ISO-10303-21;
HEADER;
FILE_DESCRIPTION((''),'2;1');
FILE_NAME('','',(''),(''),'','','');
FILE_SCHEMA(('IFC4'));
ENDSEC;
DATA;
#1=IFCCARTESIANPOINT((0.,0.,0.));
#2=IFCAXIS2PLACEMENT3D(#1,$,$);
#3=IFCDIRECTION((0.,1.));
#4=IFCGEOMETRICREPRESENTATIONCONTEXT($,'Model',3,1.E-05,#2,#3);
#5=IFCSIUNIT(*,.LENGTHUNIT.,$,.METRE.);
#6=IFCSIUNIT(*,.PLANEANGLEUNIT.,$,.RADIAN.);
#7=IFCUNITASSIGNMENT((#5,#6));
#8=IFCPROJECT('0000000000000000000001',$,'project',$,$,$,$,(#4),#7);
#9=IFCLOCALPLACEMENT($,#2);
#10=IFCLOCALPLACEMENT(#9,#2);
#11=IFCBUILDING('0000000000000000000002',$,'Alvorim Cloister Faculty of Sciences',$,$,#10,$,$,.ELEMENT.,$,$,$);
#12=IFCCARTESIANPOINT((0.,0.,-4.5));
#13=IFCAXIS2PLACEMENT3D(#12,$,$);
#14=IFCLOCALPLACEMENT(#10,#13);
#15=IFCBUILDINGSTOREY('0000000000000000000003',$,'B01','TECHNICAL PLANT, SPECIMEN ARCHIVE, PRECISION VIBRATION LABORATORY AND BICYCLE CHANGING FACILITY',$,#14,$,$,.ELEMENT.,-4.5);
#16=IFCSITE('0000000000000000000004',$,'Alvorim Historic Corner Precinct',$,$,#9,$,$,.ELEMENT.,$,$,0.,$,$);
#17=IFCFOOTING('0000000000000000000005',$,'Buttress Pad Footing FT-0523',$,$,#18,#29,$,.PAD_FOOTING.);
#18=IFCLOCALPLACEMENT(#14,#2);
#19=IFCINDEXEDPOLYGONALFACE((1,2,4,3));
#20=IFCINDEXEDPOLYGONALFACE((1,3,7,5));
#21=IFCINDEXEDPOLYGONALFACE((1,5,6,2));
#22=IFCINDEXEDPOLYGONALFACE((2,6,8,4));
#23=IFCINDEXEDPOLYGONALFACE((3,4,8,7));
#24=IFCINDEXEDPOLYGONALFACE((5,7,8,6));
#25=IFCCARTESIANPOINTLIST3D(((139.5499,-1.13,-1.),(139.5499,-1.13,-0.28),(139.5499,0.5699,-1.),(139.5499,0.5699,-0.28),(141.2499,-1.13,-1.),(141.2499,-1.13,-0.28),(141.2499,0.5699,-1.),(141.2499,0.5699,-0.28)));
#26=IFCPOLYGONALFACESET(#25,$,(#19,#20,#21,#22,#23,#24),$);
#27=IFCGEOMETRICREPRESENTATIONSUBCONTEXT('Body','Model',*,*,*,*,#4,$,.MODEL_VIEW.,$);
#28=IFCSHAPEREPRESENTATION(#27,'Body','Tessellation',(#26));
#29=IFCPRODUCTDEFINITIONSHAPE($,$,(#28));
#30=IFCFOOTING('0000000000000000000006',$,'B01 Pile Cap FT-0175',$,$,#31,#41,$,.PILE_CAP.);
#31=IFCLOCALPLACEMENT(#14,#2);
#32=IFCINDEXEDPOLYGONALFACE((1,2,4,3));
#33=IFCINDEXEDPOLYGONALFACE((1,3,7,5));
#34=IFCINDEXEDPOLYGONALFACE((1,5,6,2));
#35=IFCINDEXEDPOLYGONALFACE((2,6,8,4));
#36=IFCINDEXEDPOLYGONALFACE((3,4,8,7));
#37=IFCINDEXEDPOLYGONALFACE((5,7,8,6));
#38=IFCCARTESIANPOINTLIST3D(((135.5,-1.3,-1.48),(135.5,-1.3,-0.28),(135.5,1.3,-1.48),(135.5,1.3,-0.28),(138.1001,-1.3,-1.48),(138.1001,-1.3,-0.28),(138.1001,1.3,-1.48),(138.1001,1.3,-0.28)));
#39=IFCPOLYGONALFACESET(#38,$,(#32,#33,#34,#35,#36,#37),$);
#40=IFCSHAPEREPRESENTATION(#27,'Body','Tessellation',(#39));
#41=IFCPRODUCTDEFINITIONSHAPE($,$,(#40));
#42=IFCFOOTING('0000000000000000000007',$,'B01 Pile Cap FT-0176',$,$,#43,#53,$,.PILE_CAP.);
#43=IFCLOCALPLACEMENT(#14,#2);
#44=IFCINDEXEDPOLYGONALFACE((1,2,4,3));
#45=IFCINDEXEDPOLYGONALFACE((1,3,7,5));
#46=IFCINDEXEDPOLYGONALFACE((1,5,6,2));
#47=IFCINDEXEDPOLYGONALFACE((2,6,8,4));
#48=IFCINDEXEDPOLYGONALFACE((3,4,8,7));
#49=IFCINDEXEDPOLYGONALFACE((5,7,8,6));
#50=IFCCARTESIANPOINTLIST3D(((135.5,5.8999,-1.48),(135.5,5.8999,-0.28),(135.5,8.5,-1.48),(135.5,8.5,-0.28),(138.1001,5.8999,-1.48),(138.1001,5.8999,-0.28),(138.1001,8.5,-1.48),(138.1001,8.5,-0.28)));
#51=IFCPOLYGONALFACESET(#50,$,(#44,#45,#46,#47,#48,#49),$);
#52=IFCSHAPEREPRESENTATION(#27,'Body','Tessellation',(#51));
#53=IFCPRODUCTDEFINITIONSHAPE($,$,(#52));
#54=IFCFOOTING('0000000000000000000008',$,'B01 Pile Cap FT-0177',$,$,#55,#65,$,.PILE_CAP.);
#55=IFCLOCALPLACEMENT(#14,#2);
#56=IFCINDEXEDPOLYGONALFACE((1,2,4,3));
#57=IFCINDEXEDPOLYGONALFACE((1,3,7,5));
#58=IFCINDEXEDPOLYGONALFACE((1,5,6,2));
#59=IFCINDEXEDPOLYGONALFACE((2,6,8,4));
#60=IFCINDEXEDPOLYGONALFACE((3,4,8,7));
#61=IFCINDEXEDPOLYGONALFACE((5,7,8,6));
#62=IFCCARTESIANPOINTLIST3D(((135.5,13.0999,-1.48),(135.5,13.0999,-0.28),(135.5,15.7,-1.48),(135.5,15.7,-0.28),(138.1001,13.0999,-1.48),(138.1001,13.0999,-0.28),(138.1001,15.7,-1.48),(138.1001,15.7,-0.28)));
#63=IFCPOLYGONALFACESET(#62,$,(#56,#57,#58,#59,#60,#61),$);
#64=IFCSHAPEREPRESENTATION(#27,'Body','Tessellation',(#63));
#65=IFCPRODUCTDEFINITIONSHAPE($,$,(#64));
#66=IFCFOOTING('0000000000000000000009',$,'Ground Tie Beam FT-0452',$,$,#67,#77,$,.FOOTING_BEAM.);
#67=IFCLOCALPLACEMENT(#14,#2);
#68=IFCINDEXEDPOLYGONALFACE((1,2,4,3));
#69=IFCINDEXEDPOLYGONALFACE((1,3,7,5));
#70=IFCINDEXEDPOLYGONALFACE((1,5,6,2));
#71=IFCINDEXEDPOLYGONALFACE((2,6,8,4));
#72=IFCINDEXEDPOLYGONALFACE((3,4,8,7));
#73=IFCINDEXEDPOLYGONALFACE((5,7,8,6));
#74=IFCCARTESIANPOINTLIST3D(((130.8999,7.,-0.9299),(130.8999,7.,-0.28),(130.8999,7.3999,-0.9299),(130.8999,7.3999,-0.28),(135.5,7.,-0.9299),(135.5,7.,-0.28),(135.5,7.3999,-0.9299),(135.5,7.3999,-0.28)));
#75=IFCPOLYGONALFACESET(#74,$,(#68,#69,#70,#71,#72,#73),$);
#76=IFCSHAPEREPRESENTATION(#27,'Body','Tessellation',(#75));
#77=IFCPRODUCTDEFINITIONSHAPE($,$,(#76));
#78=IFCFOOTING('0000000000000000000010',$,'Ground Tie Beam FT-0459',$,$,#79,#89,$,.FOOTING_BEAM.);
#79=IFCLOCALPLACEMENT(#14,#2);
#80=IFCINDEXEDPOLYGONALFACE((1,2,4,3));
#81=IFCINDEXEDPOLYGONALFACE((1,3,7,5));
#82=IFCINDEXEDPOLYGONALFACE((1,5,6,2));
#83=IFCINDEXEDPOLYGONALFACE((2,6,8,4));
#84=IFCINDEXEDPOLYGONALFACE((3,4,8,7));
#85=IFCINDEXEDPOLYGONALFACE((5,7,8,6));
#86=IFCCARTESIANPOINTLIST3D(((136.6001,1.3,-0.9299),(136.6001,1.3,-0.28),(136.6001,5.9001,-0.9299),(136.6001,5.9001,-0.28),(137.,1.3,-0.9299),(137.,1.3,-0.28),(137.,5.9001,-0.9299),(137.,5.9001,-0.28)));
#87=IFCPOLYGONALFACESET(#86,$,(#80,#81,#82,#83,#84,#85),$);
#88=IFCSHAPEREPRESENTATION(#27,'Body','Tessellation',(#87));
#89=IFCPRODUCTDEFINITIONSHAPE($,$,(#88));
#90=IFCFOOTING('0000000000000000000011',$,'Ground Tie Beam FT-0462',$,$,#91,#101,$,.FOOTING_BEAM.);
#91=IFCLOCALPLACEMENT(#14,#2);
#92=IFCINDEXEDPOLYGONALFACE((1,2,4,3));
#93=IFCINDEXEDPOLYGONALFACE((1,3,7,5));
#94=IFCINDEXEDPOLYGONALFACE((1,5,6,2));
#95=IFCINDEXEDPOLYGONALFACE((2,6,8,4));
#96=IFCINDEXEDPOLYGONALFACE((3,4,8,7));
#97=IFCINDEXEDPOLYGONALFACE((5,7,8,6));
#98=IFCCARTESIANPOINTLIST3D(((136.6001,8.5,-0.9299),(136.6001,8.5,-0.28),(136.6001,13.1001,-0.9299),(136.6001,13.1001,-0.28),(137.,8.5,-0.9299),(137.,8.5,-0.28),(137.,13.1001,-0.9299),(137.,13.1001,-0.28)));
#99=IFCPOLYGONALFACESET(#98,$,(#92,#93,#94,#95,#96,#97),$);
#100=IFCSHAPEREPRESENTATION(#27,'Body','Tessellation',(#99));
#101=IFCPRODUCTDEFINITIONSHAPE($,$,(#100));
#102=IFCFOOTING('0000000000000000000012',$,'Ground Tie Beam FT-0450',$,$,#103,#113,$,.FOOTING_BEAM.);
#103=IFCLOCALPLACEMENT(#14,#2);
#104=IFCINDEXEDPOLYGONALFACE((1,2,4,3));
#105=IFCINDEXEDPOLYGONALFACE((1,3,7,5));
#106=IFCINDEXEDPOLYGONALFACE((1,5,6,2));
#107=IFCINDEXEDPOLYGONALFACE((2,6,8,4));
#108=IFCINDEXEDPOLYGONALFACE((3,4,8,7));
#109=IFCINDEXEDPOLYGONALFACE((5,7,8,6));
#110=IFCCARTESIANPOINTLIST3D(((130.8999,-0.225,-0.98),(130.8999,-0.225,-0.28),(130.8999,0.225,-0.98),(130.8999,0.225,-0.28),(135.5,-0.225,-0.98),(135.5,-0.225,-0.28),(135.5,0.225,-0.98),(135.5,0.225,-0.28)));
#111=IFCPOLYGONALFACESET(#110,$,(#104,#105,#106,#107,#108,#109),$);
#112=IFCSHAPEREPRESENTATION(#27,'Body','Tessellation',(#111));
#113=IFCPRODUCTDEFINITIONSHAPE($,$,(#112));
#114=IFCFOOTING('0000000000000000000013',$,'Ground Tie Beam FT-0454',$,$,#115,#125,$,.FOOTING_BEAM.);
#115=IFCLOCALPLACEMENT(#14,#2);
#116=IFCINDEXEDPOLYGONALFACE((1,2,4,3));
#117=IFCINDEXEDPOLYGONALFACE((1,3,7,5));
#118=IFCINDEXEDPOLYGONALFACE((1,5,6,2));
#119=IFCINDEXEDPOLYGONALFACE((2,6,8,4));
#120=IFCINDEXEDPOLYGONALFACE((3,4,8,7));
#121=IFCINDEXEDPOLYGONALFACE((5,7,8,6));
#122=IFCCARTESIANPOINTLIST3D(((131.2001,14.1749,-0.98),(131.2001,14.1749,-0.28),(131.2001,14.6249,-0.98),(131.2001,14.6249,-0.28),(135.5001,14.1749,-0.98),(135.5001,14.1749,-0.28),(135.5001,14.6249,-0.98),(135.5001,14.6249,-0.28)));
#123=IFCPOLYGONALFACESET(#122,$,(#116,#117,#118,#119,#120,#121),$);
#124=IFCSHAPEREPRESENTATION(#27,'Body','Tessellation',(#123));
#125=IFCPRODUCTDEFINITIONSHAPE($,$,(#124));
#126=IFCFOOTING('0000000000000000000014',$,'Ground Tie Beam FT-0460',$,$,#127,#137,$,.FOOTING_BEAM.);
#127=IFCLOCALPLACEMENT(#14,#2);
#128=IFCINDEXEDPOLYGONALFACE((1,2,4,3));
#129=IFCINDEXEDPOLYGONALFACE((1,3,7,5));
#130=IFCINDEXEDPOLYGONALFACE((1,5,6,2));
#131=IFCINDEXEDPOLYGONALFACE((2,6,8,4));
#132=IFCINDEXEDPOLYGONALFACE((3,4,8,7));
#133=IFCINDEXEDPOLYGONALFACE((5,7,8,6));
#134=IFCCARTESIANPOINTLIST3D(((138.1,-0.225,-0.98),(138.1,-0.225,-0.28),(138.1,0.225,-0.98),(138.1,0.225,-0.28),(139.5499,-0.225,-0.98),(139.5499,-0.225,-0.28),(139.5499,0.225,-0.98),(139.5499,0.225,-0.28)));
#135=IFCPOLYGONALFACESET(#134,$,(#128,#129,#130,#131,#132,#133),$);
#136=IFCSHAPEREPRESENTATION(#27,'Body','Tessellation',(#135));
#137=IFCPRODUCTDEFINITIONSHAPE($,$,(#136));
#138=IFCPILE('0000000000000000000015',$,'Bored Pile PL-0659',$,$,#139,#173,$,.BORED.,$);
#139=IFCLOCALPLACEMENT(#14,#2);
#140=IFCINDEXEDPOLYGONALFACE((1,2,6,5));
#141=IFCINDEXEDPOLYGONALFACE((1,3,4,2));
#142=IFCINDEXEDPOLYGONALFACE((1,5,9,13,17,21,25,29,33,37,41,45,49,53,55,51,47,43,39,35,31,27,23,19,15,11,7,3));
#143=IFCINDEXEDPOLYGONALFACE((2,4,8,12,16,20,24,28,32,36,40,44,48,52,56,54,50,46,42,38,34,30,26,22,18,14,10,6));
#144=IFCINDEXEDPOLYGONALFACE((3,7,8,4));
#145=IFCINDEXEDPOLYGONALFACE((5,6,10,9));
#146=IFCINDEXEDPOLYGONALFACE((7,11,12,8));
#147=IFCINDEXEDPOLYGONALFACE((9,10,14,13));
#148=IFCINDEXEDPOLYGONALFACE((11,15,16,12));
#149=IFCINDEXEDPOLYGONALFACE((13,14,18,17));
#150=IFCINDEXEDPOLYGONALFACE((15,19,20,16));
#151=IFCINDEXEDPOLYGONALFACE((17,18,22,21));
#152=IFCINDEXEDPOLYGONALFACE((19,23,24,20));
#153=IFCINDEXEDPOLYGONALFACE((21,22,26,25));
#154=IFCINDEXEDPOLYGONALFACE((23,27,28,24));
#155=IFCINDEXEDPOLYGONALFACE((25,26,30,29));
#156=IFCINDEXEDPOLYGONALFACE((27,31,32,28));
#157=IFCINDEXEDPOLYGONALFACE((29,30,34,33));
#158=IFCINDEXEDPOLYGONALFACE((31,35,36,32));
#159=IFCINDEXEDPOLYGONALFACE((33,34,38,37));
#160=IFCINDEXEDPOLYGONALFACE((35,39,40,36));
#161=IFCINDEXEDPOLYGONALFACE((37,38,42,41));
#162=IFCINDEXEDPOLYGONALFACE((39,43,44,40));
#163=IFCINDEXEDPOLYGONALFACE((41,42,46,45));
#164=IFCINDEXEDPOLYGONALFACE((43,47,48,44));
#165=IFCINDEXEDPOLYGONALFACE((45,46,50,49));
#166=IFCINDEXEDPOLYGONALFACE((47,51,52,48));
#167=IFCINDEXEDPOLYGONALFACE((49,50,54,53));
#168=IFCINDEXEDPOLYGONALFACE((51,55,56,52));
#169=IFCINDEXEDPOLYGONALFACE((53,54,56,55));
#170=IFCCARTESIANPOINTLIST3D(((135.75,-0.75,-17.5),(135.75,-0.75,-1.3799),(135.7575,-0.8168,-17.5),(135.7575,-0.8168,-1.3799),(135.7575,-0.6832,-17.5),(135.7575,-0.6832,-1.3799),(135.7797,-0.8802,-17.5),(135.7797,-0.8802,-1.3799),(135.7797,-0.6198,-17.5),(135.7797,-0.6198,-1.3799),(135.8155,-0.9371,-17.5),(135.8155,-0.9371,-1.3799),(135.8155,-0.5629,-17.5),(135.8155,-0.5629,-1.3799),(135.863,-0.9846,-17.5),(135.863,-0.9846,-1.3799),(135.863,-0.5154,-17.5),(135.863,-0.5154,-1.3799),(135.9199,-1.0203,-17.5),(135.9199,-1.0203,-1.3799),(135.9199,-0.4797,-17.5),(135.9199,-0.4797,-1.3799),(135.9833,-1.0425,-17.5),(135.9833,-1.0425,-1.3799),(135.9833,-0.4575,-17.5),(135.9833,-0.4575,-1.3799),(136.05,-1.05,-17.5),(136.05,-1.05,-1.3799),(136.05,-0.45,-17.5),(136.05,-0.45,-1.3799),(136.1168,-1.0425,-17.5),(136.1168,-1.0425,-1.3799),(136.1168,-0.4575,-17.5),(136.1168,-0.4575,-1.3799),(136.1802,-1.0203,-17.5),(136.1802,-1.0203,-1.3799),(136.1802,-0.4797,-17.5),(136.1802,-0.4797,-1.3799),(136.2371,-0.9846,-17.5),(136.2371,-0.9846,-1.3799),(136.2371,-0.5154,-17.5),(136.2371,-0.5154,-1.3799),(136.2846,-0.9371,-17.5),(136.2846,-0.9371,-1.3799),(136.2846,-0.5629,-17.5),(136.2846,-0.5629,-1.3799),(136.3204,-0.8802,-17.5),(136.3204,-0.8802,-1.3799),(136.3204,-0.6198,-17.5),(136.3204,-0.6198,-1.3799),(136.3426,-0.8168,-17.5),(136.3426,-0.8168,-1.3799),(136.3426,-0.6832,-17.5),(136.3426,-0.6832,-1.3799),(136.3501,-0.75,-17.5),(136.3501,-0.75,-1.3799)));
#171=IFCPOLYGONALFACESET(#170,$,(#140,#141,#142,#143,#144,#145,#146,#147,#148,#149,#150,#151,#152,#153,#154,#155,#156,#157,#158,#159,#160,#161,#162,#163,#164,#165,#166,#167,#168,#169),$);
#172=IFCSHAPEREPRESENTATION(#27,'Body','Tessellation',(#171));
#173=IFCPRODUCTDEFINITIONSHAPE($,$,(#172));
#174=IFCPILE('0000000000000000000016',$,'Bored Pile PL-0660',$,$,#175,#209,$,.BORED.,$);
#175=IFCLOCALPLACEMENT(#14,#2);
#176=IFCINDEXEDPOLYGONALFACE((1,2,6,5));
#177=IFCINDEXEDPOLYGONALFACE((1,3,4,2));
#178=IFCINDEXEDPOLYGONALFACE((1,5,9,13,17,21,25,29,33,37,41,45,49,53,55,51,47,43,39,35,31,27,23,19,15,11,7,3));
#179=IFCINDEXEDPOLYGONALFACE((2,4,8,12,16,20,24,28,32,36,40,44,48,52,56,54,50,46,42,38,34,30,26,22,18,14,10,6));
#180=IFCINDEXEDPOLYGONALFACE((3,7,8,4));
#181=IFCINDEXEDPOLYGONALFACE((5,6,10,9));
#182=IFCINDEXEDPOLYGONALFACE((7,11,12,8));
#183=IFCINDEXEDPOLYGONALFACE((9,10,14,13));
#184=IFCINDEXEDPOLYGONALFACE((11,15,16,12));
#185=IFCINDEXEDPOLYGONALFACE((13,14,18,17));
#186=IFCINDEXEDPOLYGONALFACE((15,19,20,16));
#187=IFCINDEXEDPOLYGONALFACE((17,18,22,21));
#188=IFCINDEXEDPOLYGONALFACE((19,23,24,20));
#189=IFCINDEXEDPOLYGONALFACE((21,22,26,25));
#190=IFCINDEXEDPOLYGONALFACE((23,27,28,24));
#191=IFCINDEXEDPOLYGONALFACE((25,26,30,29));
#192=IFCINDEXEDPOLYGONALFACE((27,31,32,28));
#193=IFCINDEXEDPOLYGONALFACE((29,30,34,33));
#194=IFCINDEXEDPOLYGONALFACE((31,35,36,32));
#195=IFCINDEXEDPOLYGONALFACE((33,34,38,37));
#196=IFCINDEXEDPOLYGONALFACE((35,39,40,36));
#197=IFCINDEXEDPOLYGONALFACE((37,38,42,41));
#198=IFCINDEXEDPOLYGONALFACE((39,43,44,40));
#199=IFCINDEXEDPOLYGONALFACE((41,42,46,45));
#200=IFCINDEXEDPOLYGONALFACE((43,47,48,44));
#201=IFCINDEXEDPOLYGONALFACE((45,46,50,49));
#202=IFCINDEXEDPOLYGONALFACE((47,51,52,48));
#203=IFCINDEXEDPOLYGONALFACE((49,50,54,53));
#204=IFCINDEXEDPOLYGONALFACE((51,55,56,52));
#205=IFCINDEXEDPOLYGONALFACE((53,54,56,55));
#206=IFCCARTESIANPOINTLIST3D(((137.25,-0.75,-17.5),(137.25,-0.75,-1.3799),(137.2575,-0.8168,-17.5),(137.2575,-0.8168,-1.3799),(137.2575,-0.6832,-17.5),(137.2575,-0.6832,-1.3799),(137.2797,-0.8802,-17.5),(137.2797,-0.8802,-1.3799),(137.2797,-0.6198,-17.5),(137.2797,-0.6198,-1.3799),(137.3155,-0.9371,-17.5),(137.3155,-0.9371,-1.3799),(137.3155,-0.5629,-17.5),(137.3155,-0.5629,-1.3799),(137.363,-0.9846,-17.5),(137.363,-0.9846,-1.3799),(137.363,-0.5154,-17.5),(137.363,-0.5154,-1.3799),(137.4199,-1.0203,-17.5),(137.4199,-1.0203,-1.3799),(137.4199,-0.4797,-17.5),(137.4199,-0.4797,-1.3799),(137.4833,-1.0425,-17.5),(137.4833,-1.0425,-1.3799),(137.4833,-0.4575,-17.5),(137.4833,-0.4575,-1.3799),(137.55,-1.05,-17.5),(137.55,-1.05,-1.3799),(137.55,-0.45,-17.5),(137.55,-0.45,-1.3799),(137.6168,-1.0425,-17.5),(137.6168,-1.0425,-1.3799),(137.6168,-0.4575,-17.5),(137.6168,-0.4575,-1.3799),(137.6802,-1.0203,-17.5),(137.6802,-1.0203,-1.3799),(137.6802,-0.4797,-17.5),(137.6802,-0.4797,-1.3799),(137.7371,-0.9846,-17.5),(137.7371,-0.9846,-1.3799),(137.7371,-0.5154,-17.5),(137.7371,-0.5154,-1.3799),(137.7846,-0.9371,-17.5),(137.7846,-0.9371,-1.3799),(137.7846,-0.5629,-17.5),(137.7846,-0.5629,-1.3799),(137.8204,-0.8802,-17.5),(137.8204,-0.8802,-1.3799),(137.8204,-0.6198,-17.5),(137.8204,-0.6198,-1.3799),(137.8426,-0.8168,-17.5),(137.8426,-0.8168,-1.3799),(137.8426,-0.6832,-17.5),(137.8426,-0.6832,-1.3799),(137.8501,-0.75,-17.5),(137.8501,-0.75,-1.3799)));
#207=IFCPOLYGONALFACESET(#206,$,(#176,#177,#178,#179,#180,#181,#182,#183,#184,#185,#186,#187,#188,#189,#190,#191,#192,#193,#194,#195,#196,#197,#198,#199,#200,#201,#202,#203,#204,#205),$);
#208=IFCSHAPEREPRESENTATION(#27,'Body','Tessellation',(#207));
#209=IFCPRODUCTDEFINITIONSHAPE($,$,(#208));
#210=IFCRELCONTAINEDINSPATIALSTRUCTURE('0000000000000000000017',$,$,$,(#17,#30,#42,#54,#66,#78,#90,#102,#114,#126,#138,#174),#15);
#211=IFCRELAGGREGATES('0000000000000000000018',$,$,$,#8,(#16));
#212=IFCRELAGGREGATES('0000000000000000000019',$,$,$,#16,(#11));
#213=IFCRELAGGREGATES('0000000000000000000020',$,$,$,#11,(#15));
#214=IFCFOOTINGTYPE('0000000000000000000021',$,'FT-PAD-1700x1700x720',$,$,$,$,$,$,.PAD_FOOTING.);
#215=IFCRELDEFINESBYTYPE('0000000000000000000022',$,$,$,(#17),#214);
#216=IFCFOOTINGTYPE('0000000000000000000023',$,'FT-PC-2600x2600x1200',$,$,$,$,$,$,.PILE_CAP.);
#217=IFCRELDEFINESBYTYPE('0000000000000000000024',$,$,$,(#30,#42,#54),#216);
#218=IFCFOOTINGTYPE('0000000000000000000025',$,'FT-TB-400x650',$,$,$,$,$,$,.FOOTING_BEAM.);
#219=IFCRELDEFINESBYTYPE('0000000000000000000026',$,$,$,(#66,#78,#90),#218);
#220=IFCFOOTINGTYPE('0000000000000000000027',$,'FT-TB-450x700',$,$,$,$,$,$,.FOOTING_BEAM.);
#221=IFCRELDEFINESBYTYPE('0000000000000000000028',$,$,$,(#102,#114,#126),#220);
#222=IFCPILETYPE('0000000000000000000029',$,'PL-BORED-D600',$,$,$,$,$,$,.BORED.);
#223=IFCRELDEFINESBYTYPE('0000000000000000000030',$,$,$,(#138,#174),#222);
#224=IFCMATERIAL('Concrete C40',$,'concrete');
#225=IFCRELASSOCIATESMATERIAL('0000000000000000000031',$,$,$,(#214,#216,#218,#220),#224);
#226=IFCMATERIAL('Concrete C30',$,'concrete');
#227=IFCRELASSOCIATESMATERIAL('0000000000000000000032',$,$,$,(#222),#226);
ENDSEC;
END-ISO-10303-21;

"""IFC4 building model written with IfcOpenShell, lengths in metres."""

from ifc_helpers import new_model, si_unit, direction, frame, origin, origin_2d, place, context, subcontext, project, spatial, rectangle, circle, extrude, material, material_profile, profile_set, type_object, element, save


model = new_model("IFC4")

# Units and contexts
model_context = context("Model", 3, precision=1e-05, world=origin(), true_north=direction((0.0, 1.0)))
body_context = subcontext(model_context, "Body", "Model", "MODEL_VIEW")
ifc_project = project(units=[si_unit("LENGTHUNIT", "METRE"), si_unit("PLANEANGLEUNIT", "RADIAN")], contexts=[model_context])

# Site, building, storey
site_placement = place(None, origin())
site = spatial("IfcSite", under=ifc_project, at=site_placement, Name="Alvorim Historic Corner Precinct", CompositionType="ELEMENT", RefElevation=0.0)
building_placement = place(site_placement, origin())
building = spatial("IfcBuilding", under=site, at=building_placement, Name="Alvorim Cloister Faculty of Sciences", CompositionType="ELEMENT")
storey_placement = place(building_placement, frame((0.0, 0.0, -4.5)))
storey = spatial("IfcBuildingStorey", under=building, at=storey_placement, Name="B01", Description="TECHNICAL PLANT, SPECIMEN ARCHIVE, PRECISION VIBRATION LABORATORY AND BICYCLE CHANGING FACILITY", CompositionType="ELEMENT", Elevation=-4.5)

# Footings
ifc_material_1 = material(Name="Concrete C40", Category="concrete")
footing_type_1 = type_object("IfcFootingType", Name="FT-PAD-1700x1700x720", PredefinedType="PAD_FOOTING", material=ifc_material_1)
footing_1_placement = place(storey_placement, frame((140.3999, -0.28, -1.0), z_axis=(0.0, 0.0, 1.0), x_axis=(1.0, 0.0, 0.0)))
element("IfcFooting", 1, at=footing_1_placement, inside=storey, type_object=footing_type_1, Name="Buttress Pad Footing FT-0523", PredefinedType="PAD_FOOTING", context=body_context, shape_type="SweptSolid", body=[
    extrude(rectangle(XDim=1.7, YDim=1.7, at=origin_2d()), origin(), (0.0, 0.0, 1.0), 0.72),
])
footing_type_2 = type_object("IfcFootingType", Name="FT-PC-2600x2600x1200", PredefinedType="PILE_CAP", material=ifc_material_1)
for number, where, z_axis, x_axis, name in (
    (2, (136.8, 0.0, -1.48), (0.0, 0.0, 1.0), (1.0, 0.0, 0.0), "B01 Pile Cap FT-0175"),
    (3, (136.8, 7.2, -1.48), (0.0, 0.0, 1.0), (1.0, 0.0, 0.0), "B01 Pile Cap FT-0176"),
    (4, (136.8, 14.3999, -1.48), (0.0, 0.0, 1.0), (1.0, 0.0, 0.0), "B01 Pile Cap FT-0177"),
):
    element("IfcFooting", number, at=place(storey_placement, frame(where, z_axis=z_axis, x_axis=x_axis)), inside=storey, type_object=footing_type_2, Name=name, PredefinedType="PILE_CAP", context=body_context, shape_type="SweptSolid", body=[
        extrude(rectangle(XDim=2.6001, YDim=2.6001, at=origin_2d()), origin(), (0.0, 0.0, 1.0), 1.2),
    ])
footing_type_3 = type_object("IfcFootingType", Name="FT-TB-400x650", PredefinedType="FOOTING_BEAM", material=ifc_material_1)
footing_2_placement = place(storey_placement, frame((133.2, 7.2, -0.9299), z_axis=(0.0, 0.0, 1.0), x_axis=(1.0, 0.0, 0.0)))
element("IfcFooting", 5, at=footing_2_placement, inside=storey, type_object=footing_type_3, Name="Ground Tie Beam FT-0452", PredefinedType="FOOTING_BEAM", context=body_context, shape_type="SweptSolid", body=[
    extrude(rectangle(XDim=4.6001, YDim=0.3999, at=origin_2d()), origin(), (0.0, 0.0, 1.0), 0.6499),
])
for number, where, z_axis, x_axis, name in (
    (6, (136.8, 3.6001, -0.9299), (0.0, 0.0, 1.0), (1.0, 0.0, 0.0), "Ground Tie Beam FT-0459"),
    (7, (136.8, 10.8, -0.9299), (0.0, 0.0, 1.0), (1.0, 0.0, 0.0), "Ground Tie Beam FT-0462"),
):
    element("IfcFooting", number, at=place(storey_placement, frame(where, z_axis=z_axis, x_axis=x_axis)), inside=storey, type_object=footing_type_3, Name=name, PredefinedType="FOOTING_BEAM", context=body_context, shape_type="SweptSolid", body=[
        extrude(rectangle(XDim=0.3999, YDim=4.6001, at=origin_2d()), origin(), (0.0, 0.0, 1.0), 0.6499),
    ])
footing_type_4 = type_object("IfcFootingType", Name="FT-TB-450x700", PredefinedType="FOOTING_BEAM", material=ifc_material_1)
footing_3_placement = place(storey_placement, frame((133.2, 0.0, -0.98), z_axis=(0.0, 0.0, 1.0), x_axis=(1.0, 0.0, 0.0)))
element("IfcFooting", 8, at=footing_3_placement, inside=storey, type_object=footing_type_4, Name="Ground Tie Beam FT-0450", PredefinedType="FOOTING_BEAM", context=body_context, shape_type="SweptSolid", body=[
    extrude(rectangle(XDim=4.6001, YDim=0.45, at=origin_2d()), origin(), (0.0, 0.0, 1.0), 0.7),
])
footing_4_placement = place(storey_placement, frame((133.3501, 14.3999, -0.98), z_axis=(0.0, 0.0, 1.0), x_axis=(1.0, 0.0, 0.0)))
element("IfcFooting", 9, at=footing_4_placement, inside=storey, type_object=footing_type_4, Name="Ground Tie Beam FT-0454", PredefinedType="FOOTING_BEAM", context=body_context, shape_type="SweptSolid", body=[
    extrude(rectangle(XDim=4.3, YDim=0.45, at=origin_2d()), origin(), (0.0, 0.0, 1.0), 0.7),
])
footing_5_placement = place(storey_placement, frame((138.825, 0.0, -0.98), z_axis=(0.0, 0.0, 1.0), x_axis=(1.0, 0.0, 0.0)))
element("IfcFooting", 10, at=footing_5_placement, inside=storey, type_object=footing_type_4, Name="Ground Tie Beam FT-0460", PredefinedType="FOOTING_BEAM", context=body_context, shape_type="SweptSolid", body=[
    extrude(rectangle(XDim=1.45, YDim=0.45, at=origin_2d()), origin(), (0.0, 0.0, 1.0), 0.7),
])

# Piles
ifc_material_2 = material(Name="Concrete C30", Category="concrete")
ifc_material_profile_1 = material_profile(ifc_material_2, circle(Radius=0.3, at=origin_2d()), Name="PILE-D600")
ifc_profile_set_1 = profile_set([ifc_material_profile_1], Name="Concrete C30")
pile_type_1 = type_object("IfcPileType", Name="PL-BORED-D600", PredefinedType="BORED", material=ifc_profile_set_1)
for number, where, z_axis, x_axis, name in (
    (11, (136.05, -0.75, -1.3799), (0.0, 0.0, -1.0), (1.0, 0.0, 0.0), "Bored Pile PL-0659"),
    (12, (137.55, -0.75, -1.3799), (0.0, 0.0, -1.0), (1.0, 0.0, 0.0), "Bored Pile PL-0660"),
):
    element("IfcPile", number, at=place(storey_placement, frame(where, z_axis=z_axis, x_axis=x_axis)), inside=storey, type_object=pile_type_1, Name=name, PredefinedType="BORED", context=body_context, shape_type="SweptSolid", body=[
        extrude(circle(Radius=0.3, at=origin_2d()), origin(), (0.0, 0.0, 1.0), 16.1201),
    ])

save(model, "model.ifc")
